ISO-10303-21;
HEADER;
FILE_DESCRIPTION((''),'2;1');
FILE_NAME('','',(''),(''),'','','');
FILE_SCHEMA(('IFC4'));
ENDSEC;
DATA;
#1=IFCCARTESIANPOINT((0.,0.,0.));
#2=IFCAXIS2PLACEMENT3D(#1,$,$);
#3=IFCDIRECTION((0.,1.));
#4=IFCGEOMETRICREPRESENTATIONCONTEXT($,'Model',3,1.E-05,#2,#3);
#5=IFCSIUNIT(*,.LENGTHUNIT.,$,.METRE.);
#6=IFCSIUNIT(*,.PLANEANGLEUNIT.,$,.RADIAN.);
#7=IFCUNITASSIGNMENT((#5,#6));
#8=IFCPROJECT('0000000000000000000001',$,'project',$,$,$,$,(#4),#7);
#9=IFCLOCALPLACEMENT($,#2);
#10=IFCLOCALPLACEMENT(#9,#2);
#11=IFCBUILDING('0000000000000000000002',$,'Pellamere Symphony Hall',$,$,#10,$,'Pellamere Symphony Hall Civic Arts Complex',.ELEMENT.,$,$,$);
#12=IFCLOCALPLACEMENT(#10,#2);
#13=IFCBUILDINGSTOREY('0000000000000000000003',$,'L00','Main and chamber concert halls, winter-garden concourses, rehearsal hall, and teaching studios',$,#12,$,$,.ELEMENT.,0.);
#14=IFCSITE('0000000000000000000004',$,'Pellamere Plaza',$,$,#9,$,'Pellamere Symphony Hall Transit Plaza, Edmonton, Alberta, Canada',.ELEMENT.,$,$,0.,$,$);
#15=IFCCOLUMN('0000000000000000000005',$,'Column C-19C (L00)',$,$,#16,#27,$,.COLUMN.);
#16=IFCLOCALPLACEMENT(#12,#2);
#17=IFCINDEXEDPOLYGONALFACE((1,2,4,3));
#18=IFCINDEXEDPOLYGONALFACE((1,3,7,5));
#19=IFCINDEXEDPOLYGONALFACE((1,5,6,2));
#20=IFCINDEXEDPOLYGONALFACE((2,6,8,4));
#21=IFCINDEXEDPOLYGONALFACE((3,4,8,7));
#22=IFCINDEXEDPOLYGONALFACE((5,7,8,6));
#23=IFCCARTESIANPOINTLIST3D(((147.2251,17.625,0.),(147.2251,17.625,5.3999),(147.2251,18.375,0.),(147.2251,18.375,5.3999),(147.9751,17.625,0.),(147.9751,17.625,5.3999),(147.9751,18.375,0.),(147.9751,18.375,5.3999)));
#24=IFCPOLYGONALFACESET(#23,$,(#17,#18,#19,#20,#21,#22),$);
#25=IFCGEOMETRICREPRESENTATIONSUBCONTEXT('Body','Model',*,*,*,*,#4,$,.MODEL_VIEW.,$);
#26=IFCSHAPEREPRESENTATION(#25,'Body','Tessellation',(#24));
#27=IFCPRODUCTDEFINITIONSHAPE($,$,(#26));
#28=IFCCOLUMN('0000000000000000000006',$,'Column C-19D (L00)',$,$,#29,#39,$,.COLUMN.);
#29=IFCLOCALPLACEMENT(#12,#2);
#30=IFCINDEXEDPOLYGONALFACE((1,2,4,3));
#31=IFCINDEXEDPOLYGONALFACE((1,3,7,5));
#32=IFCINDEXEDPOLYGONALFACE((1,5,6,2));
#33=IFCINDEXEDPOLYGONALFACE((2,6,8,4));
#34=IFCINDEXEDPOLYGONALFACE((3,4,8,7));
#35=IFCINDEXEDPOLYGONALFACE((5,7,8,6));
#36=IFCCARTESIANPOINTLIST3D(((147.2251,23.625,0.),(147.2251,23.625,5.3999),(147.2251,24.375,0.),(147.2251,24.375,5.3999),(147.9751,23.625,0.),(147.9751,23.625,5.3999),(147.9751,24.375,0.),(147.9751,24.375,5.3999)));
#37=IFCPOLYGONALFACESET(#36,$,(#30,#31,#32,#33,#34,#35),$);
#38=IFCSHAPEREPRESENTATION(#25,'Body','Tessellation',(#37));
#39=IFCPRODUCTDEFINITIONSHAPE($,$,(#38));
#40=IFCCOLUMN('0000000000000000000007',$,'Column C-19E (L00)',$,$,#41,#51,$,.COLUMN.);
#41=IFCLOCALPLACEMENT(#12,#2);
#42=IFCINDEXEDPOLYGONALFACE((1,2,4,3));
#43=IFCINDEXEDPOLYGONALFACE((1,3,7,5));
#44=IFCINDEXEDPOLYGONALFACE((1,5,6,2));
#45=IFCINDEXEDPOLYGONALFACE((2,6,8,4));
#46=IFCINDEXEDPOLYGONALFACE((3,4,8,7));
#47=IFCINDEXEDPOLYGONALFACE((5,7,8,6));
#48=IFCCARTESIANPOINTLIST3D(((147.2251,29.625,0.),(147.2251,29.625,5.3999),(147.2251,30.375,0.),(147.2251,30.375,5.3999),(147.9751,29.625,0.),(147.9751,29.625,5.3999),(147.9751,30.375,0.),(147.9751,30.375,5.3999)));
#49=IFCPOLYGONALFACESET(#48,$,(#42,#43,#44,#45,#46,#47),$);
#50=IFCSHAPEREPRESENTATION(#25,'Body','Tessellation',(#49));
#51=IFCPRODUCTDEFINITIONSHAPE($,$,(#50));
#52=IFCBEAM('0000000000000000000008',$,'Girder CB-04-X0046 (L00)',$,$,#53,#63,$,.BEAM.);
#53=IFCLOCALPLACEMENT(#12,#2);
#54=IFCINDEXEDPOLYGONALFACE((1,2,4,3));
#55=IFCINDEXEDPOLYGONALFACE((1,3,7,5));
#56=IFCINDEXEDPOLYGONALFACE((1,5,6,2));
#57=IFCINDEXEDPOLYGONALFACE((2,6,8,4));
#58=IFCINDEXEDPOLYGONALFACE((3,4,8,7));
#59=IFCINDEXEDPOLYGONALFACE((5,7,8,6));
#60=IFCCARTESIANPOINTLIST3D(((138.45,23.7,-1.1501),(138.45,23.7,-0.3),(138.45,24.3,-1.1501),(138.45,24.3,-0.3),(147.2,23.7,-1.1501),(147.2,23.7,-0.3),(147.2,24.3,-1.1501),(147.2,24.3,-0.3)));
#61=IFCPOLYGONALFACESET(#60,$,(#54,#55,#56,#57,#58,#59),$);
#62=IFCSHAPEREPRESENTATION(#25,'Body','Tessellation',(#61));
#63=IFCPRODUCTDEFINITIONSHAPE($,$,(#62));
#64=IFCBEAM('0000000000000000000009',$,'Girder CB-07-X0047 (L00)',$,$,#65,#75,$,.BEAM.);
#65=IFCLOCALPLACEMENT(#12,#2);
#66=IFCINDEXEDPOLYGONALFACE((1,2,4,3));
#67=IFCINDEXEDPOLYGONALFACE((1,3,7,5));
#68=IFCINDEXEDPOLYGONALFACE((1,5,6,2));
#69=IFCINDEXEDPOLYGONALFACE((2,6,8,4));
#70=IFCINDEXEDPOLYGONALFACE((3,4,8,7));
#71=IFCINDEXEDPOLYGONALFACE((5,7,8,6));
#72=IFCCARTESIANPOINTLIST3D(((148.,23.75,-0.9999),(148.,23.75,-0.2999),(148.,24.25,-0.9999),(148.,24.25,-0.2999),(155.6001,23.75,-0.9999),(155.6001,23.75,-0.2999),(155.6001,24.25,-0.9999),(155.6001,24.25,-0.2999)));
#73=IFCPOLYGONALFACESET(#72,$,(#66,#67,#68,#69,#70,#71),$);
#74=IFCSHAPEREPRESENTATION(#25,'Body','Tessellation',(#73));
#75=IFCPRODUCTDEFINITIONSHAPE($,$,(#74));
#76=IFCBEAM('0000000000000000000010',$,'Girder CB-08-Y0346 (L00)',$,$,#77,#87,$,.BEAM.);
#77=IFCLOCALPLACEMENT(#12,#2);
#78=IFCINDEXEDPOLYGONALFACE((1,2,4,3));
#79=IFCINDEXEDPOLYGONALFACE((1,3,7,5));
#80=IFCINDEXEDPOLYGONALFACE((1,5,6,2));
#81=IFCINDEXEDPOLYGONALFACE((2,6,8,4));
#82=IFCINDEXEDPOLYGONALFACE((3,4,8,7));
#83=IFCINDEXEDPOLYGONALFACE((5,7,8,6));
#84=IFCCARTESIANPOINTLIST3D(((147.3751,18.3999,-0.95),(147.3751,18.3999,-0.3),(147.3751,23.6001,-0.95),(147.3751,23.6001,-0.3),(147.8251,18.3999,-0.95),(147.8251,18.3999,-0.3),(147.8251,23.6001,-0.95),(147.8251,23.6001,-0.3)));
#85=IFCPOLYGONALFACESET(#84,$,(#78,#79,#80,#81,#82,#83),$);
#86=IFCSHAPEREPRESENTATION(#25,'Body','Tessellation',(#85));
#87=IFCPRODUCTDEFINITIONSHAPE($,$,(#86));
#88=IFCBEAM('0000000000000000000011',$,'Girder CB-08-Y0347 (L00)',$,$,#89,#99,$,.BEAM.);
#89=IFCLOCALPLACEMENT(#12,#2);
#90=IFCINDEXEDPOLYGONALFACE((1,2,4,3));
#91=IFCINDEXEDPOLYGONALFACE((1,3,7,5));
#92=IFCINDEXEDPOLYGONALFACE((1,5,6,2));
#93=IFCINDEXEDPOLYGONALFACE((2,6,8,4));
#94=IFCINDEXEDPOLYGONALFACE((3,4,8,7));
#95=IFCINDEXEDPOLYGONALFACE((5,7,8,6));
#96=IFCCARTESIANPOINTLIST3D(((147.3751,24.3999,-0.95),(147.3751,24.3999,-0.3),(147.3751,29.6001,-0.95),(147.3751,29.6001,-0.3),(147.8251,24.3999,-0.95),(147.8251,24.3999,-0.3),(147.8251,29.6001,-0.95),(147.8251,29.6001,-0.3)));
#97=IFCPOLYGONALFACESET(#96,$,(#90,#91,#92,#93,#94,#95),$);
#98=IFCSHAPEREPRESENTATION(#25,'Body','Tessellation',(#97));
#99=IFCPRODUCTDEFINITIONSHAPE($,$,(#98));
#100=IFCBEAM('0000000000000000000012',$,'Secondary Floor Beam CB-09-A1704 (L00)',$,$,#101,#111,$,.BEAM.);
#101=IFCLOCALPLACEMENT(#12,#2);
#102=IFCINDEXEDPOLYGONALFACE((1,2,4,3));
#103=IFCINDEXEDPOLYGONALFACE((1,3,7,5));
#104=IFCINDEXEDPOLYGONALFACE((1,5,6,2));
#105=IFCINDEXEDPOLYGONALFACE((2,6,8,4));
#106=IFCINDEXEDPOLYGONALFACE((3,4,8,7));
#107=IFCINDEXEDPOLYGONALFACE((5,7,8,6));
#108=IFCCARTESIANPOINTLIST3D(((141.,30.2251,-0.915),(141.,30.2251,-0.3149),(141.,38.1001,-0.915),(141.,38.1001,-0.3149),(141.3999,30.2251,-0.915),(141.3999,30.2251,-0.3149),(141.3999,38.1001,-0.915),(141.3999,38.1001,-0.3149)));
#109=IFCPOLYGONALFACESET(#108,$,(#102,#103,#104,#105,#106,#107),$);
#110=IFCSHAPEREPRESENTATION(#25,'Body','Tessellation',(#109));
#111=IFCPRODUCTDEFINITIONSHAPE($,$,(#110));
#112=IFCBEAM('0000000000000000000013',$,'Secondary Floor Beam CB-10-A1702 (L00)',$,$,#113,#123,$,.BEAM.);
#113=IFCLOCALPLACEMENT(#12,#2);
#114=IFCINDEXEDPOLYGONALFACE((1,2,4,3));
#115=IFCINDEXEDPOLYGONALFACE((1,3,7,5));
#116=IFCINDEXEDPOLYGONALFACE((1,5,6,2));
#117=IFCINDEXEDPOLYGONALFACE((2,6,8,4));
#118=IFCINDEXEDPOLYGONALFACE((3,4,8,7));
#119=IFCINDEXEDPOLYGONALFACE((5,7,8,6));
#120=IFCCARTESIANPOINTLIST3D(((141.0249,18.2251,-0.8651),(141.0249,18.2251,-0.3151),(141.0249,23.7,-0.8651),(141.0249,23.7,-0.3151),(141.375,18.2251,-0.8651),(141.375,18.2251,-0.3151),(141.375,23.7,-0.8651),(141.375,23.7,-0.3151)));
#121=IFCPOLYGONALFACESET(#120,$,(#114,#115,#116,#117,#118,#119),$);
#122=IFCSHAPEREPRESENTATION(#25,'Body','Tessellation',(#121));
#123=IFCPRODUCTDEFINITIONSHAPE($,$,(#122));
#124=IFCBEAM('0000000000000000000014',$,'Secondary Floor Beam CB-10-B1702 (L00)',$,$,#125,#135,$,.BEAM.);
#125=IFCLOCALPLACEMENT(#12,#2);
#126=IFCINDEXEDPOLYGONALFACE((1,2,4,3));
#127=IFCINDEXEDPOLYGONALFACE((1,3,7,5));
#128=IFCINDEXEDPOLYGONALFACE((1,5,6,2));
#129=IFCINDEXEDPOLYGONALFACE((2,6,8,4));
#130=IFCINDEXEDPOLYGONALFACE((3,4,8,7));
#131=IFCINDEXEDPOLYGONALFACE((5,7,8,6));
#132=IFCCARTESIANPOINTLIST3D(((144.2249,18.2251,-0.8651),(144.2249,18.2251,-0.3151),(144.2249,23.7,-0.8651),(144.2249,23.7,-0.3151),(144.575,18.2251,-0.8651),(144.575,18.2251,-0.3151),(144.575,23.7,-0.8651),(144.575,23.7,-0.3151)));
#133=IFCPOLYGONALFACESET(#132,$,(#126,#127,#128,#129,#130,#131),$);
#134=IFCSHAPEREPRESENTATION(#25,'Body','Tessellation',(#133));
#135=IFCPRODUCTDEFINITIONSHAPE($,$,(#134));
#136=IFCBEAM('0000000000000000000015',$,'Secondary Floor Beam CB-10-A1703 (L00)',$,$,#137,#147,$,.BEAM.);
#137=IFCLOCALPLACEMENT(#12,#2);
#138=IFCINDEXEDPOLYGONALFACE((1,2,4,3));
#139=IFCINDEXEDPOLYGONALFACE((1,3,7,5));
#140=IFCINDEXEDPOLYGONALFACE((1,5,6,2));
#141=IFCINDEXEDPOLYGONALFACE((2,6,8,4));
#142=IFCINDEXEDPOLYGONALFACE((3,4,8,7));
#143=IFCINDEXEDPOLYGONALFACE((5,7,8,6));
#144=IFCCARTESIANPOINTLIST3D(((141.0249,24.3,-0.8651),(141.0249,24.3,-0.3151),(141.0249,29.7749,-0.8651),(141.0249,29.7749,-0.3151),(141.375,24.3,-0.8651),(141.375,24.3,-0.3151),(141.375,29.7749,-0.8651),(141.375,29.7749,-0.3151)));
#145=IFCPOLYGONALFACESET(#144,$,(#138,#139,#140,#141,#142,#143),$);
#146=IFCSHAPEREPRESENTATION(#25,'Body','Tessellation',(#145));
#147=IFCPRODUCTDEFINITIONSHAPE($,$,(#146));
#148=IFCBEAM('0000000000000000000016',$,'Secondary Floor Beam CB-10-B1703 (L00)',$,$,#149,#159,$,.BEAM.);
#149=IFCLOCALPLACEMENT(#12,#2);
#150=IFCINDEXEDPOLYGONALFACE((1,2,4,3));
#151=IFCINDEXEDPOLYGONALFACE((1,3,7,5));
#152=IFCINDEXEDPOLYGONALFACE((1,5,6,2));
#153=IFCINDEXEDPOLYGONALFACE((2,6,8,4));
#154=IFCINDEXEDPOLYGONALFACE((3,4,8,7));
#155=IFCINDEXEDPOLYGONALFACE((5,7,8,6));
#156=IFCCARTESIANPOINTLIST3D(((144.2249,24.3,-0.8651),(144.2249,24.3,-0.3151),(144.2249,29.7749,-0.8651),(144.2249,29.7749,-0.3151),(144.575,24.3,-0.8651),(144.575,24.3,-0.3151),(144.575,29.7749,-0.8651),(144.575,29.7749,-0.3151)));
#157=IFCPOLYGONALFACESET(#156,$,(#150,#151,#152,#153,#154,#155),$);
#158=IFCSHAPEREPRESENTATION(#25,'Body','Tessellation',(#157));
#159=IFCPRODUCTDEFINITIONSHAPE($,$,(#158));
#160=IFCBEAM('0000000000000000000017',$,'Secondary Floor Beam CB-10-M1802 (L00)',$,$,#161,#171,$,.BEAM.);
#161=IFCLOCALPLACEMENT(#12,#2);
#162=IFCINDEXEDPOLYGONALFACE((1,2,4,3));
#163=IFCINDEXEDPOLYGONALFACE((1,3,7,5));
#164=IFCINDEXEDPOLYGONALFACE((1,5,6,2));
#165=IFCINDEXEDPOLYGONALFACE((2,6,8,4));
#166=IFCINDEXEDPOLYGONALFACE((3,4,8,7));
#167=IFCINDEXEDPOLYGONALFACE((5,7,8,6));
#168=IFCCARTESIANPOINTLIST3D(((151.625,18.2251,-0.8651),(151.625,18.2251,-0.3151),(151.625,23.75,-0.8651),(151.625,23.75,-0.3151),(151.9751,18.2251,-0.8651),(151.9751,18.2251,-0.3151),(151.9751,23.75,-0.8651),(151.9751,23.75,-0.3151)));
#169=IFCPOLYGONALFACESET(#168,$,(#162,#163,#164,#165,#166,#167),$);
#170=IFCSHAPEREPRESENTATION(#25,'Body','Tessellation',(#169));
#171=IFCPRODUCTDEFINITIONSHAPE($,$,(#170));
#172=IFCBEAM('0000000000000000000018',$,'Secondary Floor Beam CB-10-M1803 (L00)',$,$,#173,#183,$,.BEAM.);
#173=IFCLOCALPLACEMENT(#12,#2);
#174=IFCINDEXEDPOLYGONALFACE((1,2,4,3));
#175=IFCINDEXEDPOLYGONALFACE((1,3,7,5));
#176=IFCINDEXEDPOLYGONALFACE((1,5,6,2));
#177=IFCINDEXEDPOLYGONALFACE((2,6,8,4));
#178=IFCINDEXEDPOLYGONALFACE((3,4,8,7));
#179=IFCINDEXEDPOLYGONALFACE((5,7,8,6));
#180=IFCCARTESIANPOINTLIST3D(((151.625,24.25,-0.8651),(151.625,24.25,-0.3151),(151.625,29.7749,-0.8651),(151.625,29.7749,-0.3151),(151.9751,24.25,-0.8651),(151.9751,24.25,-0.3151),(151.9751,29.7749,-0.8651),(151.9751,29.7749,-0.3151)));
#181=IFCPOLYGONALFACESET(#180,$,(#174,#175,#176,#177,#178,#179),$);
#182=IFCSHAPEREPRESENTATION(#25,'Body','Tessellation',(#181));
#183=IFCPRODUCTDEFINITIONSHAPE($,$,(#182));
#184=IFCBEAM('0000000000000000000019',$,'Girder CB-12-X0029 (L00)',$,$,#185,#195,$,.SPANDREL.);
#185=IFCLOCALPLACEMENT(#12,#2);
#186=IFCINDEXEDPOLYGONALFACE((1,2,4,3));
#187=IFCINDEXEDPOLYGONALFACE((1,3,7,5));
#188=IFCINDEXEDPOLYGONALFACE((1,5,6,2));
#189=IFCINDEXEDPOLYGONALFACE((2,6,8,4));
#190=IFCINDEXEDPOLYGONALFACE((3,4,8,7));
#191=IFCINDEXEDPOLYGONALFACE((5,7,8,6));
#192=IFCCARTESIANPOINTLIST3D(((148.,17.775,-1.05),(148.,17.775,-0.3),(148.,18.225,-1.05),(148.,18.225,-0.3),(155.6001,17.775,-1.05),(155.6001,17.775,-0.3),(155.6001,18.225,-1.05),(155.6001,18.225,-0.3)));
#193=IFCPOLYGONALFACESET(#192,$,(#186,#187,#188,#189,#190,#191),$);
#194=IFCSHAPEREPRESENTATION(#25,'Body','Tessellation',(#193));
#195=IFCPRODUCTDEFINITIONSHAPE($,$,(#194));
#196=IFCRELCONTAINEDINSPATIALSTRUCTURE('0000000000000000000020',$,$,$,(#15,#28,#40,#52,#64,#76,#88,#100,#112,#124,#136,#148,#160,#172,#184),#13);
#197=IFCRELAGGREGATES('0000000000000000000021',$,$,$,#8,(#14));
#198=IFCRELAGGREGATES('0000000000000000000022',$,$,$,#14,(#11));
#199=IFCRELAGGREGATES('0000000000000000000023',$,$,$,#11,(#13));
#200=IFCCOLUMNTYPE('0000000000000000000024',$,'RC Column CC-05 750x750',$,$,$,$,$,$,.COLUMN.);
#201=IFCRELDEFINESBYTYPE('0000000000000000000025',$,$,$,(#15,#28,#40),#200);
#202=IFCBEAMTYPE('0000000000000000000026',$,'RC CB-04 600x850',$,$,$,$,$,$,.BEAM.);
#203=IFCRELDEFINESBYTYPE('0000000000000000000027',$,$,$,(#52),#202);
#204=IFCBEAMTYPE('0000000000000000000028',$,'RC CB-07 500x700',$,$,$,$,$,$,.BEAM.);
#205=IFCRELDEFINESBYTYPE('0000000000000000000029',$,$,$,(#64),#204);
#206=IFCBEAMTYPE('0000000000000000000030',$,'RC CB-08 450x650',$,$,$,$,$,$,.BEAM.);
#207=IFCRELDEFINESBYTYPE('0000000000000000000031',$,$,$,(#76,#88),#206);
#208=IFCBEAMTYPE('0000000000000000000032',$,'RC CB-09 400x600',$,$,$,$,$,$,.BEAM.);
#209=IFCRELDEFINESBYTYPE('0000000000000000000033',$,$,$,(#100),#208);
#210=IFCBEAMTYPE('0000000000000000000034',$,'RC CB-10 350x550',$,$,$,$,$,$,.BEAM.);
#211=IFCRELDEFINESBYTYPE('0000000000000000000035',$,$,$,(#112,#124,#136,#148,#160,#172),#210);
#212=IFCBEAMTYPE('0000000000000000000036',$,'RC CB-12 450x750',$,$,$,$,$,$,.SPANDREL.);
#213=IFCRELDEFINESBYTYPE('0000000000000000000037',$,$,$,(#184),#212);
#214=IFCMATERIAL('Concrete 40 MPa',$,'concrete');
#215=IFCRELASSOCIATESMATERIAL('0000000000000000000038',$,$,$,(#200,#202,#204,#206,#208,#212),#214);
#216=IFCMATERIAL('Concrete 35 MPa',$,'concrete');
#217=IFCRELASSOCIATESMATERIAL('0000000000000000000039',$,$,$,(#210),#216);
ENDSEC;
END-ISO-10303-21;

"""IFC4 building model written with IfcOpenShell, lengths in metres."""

from ifc_helpers import new_model, si_unit, direction, frame, origin, origin_2d, place, context, subcontext, project, spatial, rectangle, extrude, material, material_profile, profile_set, type_object, element, save


model = new_model("IFC4")

# Units and contexts
model_context = context("Model", 3, precision=1e-05, world=origin(), true_north=direction((0.0, 1.0)))
body_context = subcontext(model_context, "Body", "Model", "MODEL_VIEW")
ifc_project = project(units=[si_unit("LENGTHUNIT", "METRE"), si_unit("PLANEANGLEUNIT", "RADIAN")], contexts=[model_context])

# Site, building, storey
site_placement = place(None, origin())
site = spatial("IfcSite", under=ifc_project, at=site_placement, Name="Pellamere Plaza", LongName="Pellamere Symphony Hall Transit Plaza, Edmonton, Alberta, Canada", CompositionType="ELEMENT", RefElevation=0.0)
building_placement = place(site_placement, origin())
building = spatial("IfcBuilding", under=site, at=building_placement, Name="Pellamere Symphony Hall", LongName="Pellamere Symphony Hall Civic Arts Complex", CompositionType="ELEMENT")
storey_placement = place(building_placement, origin())
storey = spatial("IfcBuildingStorey", under=building, at=storey_placement, Name="L00", Description="Main and chamber concert halls, winter-garden concourses, rehearsal hall, and teaching studios", CompositionType="ELEMENT", Elevation=0.0)

# Columns
ifc_material_1 = material(Name="Concrete 40 MPa", Category="concrete")
ifc_material_profile_1 = material_profile(ifc_material_1, rectangle(XDim=0.75, YDim=0.75, at=origin_2d()), Name="RC 750x750")
ifc_profile_set_1 = profile_set([ifc_material_profile_1], Name="Concrete 40 MPa")
column_type = type_object("IfcColumnType", Name="RC Column CC-05 750x750", PredefinedType="COLUMN", material=ifc_profile_set_1)
for number, where, z_axis, x_axis, name in (
    (1, (147.6001, 18.0, 0.0), (0.0, 0.0, 1.0), (1.0, 0.0, 0.0), "Column C-19C (L00)"),
    (2, (147.6001, 24.0, 0.0), (0.0, 0.0, 1.0), (1.0, 0.0, 0.0), "Column C-19D (L00)"),
    (3, (147.6001, 30.0, 0.0), (0.0, 0.0, 1.0), (1.0, 0.0, 0.0), "Column C-19E (L00)"),
):
    element("IfcColumn", number, at=place(storey_placement, frame(where, z_axis=z_axis, x_axis=x_axis)), inside=storey, type_object=column_type, Name=name, PredefinedType="COLUMN", context=body_context, shape_type="SweptSolid", body=[
        extrude(rectangle(XDim=0.75, YDim=0.75, at=origin_2d()), origin(), (0.0, 0.0, 1.0), 5.3999),
    ])

# Beams
ifc_material_profile_2 = material_profile(ifc_material_1, rectangle(XDim=0.6001, YDim=0.8501, at=origin_2d()), Name="RC 600x850")
ifc_profile_set_2 = profile_set([ifc_material_profile_2], Name="Concrete 40 MPa")
beam_type_1 = type_object("IfcBeamType", Name="RC CB-04 600x850", PredefinedType="BEAM", material=ifc_profile_set_2)
beam_1_placement = place(storey_placement, frame((138.45, 24.0, -0.7251), z_axis=(1.0, 0.0, 0.0), x_axis=(0.0, 1.0, 0.0)))
element("IfcBeam", 4, at=beam_1_placement, inside=storey, type_object=beam_type_1, Name="Girder CB-04-X0046 (L00)", PredefinedType="BEAM", context=body_context, shape_type="SweptSolid", body=[
    extrude(rectangle(XDim=0.6001, YDim=0.8501, at=origin_2d()), origin(), (0.0, 0.0, 1.0), 8.75),
])
ifc_material_profile_3 = material_profile(ifc_material_1, rectangle(XDim=0.5, YDim=0.7, at=origin_2d()), Name="RC 500x700")
ifc_profile_set_3 = profile_set([ifc_material_profile_3], Name="Concrete 40 MPa")
beam_type_2 = type_object("IfcBeamType", Name="RC CB-07 500x700", PredefinedType="BEAM", material=ifc_profile_set_3)
beam_2_placement = place(storey_placement, frame((148.0, 24.0, -0.6499), z_axis=(1.0, 0.0, 0.0), x_axis=(0.0, 1.0, 0.0)))
element("IfcBeam", 5, at=beam_2_placement, inside=storey, type_object=beam_type_2, Name="Girder CB-07-X0047 (L00)", PredefinedType="BEAM", context=body_context, shape_type="SweptSolid", body=[
    extrude(rectangle(XDim=0.5, YDim=0.7, at=origin_2d()), origin(), (0.0, 0.0, 1.0), 7.6001),
])
ifc_material_profile_4 = material_profile(ifc_material_1, rectangle(XDim=0.45, YDim=0.6499, at=origin_2d()), Name="RC 450x650")
ifc_profile_set_4 = profile_set([ifc_material_profile_4], Name="Concrete 40 MPa")
beam_type_3 = type_object("IfcBeamType", Name="RC CB-08 450x650", PredefinedType="BEAM", material=ifc_profile_set_4)
for number, where, z_axis, x_axis, name in (
    (6, (147.6001, 18.3999, -0.625), (0.0, 1.0, 0.0), (-1.0, 0.0, 0.0), "Girder CB-08-Y0346 (L00)"),
    (7, (147.6001, 24.3999, -0.625), (0.0, 1.0, 0.0), (-1.0, 0.0, 0.0), "Girder CB-08-Y0347 (L00)"),
):
    element("IfcBeam", number, at=place(storey_placement, frame(where, z_axis=z_axis, x_axis=x_axis)), inside=storey, type_object=beam_type_3, Name=name, PredefinedType="BEAM", context=body_context, shape_type="SweptSolid", body=[
        extrude(rectangle(XDim=0.45, YDim=0.6499, at=origin_2d()), origin(), (0.0, 0.0, 1.0), 5.2002),
    ])
ifc_material_profile_5 = material_profile(ifc_material_1, rectangle(XDim=0.3999, YDim=0.6001, at=origin_2d()), Name="RC 400x600")
ifc_profile_set_5 = profile_set([ifc_material_profile_5], Name="Concrete 40 MPa")
beam_type_4 = type_object("IfcBeamType", Name="RC CB-09 400x600", PredefinedType="BEAM", material=ifc_profile_set_5)
beam_3_placement = place(storey_placement, frame((141.2, 30.2251, -0.615), z_axis=(0.0, 1.0, 0.0), x_axis=(-1.0, 0.0, 0.0)))
element("IfcBeam", 8, at=beam_3_placement, inside=storey, type_object=beam_type_4, Name="Secondary Floor Beam CB-09-A1704 (L00)", PredefinedType="BEAM", context=body_context, shape_type="SweptSolid", body=[
    extrude(rectangle(XDim=0.3999, YDim=0.6001, at=origin_2d()), origin(), (0.0, 0.0, 1.0), 7.875),
])
ifc_material_2 = material(Name="Concrete 35 MPa", Category="concrete")
ifc_material_profile_6 = material_profile(ifc_material_2, rectangle(XDim=0.3501, YDim=0.55, at=origin_2d()), Name="RC 350x550")
ifc_profile_set_6 = profile_set([ifc_material_profile_6], Name="Concrete 35 MPa")
beam_type_5 = type_object("IfcBeamType", Name="RC CB-10 350x550", PredefinedType="BEAM", material=ifc_profile_set_6)
for number, where, z_axis, x_axis, name in (
    (9, (141.2, 18.2251, -0.5901), (0.0, 1.0, 0.0), (-1.0, 0.0, 0.0), "Secondary Floor Beam CB-10-A1702 (L00)"),
    (10, (144.3999, 18.2251, -0.5901), (0.0, 1.0, 0.0), (-1.0, 0.0, 0.0), "Secondary Floor Beam CB-10-B1702 (L00)"),
    (11, (141.2, 24.3, -0.5901), (0.0, 1.0, 0.0), (-1.0, 0.0, 0.0), "Secondary Floor Beam CB-10-A1703 (L00)"),
    (12, (144.3999, 24.3, -0.5901), (0.0, 1.0, 0.0), (-1.0, 0.0, 0.0), "Secondary Floor Beam CB-10-B1703 (L00)"),
):
    element("IfcBeam", number, at=place(storey_placement, frame(where, z_axis=z_axis, x_axis=x_axis)), inside=storey, type_object=beam_type_5, Name=name, PredefinedType="BEAM", context=body_context, shape_type="SweptSolid", body=[
        extrude(rectangle(XDim=0.3501, YDim=0.55, at=origin_2d()), origin(), (0.0, 0.0, 1.0), 5.4749),
    ])
for number, where, z_axis, x_axis, name in (
    (13, (151.8, 18.2251, -0.5901), (0.0, 1.0, 0.0), (-1.0, 0.0, 0.0), "Secondary Floor Beam CB-10-M1802 (L00)"),
    (14, (151.8, 24.25, -0.5901), (0.0, 1.0, 0.0), (-1.0, 0.0, 0.0), "Secondary Floor Beam CB-10-M1803 (L00)"),
):
    element("IfcBeam", number, at=place(storey_placement, frame(where, z_axis=z_axis, x_axis=x_axis)), inside=storey, type_object=beam_type_5, Name=name, PredefinedType="BEAM", context=body_context, shape_type="SweptSolid", body=[
        extrude(rectangle(XDim=0.3501, YDim=0.55, at=origin_2d()), origin(), (0.0, 0.0, 1.0), 5.5249),
    ])
ifc_material_profile_7 = material_profile(ifc_material_1, rectangle(XDim=0.45, YDim=0.75, at=origin_2d()), Name="RC 450x750")
ifc_profile_set_7 = profile_set([ifc_material_profile_7], Name="Concrete 40 MPa")
beam_type_6 = type_object("IfcBeamType", Name="RC CB-12 450x750", PredefinedType="SPANDREL", material=ifc_profile_set_7)
beam_4_placement = place(storey_placement, frame((148.0, 18.0, -0.675), z_axis=(1.0, 0.0, 0.0), x_axis=(0.0, 1.0, 0.0)))
element("IfcBeam", 15, at=beam_4_placement, inside=storey, type_object=beam_type_6, Name="Girder CB-12-X0029 (L00)", PredefinedType="SPANDREL", context=body_context, shape_type="SweptSolid", body=[
    extrude(rectangle(XDim=0.45, YDim=0.75, at=origin_2d()), origin(), (0.0, 0.0, 1.0), 7.6001),
])

save(model, "model.ifc")
